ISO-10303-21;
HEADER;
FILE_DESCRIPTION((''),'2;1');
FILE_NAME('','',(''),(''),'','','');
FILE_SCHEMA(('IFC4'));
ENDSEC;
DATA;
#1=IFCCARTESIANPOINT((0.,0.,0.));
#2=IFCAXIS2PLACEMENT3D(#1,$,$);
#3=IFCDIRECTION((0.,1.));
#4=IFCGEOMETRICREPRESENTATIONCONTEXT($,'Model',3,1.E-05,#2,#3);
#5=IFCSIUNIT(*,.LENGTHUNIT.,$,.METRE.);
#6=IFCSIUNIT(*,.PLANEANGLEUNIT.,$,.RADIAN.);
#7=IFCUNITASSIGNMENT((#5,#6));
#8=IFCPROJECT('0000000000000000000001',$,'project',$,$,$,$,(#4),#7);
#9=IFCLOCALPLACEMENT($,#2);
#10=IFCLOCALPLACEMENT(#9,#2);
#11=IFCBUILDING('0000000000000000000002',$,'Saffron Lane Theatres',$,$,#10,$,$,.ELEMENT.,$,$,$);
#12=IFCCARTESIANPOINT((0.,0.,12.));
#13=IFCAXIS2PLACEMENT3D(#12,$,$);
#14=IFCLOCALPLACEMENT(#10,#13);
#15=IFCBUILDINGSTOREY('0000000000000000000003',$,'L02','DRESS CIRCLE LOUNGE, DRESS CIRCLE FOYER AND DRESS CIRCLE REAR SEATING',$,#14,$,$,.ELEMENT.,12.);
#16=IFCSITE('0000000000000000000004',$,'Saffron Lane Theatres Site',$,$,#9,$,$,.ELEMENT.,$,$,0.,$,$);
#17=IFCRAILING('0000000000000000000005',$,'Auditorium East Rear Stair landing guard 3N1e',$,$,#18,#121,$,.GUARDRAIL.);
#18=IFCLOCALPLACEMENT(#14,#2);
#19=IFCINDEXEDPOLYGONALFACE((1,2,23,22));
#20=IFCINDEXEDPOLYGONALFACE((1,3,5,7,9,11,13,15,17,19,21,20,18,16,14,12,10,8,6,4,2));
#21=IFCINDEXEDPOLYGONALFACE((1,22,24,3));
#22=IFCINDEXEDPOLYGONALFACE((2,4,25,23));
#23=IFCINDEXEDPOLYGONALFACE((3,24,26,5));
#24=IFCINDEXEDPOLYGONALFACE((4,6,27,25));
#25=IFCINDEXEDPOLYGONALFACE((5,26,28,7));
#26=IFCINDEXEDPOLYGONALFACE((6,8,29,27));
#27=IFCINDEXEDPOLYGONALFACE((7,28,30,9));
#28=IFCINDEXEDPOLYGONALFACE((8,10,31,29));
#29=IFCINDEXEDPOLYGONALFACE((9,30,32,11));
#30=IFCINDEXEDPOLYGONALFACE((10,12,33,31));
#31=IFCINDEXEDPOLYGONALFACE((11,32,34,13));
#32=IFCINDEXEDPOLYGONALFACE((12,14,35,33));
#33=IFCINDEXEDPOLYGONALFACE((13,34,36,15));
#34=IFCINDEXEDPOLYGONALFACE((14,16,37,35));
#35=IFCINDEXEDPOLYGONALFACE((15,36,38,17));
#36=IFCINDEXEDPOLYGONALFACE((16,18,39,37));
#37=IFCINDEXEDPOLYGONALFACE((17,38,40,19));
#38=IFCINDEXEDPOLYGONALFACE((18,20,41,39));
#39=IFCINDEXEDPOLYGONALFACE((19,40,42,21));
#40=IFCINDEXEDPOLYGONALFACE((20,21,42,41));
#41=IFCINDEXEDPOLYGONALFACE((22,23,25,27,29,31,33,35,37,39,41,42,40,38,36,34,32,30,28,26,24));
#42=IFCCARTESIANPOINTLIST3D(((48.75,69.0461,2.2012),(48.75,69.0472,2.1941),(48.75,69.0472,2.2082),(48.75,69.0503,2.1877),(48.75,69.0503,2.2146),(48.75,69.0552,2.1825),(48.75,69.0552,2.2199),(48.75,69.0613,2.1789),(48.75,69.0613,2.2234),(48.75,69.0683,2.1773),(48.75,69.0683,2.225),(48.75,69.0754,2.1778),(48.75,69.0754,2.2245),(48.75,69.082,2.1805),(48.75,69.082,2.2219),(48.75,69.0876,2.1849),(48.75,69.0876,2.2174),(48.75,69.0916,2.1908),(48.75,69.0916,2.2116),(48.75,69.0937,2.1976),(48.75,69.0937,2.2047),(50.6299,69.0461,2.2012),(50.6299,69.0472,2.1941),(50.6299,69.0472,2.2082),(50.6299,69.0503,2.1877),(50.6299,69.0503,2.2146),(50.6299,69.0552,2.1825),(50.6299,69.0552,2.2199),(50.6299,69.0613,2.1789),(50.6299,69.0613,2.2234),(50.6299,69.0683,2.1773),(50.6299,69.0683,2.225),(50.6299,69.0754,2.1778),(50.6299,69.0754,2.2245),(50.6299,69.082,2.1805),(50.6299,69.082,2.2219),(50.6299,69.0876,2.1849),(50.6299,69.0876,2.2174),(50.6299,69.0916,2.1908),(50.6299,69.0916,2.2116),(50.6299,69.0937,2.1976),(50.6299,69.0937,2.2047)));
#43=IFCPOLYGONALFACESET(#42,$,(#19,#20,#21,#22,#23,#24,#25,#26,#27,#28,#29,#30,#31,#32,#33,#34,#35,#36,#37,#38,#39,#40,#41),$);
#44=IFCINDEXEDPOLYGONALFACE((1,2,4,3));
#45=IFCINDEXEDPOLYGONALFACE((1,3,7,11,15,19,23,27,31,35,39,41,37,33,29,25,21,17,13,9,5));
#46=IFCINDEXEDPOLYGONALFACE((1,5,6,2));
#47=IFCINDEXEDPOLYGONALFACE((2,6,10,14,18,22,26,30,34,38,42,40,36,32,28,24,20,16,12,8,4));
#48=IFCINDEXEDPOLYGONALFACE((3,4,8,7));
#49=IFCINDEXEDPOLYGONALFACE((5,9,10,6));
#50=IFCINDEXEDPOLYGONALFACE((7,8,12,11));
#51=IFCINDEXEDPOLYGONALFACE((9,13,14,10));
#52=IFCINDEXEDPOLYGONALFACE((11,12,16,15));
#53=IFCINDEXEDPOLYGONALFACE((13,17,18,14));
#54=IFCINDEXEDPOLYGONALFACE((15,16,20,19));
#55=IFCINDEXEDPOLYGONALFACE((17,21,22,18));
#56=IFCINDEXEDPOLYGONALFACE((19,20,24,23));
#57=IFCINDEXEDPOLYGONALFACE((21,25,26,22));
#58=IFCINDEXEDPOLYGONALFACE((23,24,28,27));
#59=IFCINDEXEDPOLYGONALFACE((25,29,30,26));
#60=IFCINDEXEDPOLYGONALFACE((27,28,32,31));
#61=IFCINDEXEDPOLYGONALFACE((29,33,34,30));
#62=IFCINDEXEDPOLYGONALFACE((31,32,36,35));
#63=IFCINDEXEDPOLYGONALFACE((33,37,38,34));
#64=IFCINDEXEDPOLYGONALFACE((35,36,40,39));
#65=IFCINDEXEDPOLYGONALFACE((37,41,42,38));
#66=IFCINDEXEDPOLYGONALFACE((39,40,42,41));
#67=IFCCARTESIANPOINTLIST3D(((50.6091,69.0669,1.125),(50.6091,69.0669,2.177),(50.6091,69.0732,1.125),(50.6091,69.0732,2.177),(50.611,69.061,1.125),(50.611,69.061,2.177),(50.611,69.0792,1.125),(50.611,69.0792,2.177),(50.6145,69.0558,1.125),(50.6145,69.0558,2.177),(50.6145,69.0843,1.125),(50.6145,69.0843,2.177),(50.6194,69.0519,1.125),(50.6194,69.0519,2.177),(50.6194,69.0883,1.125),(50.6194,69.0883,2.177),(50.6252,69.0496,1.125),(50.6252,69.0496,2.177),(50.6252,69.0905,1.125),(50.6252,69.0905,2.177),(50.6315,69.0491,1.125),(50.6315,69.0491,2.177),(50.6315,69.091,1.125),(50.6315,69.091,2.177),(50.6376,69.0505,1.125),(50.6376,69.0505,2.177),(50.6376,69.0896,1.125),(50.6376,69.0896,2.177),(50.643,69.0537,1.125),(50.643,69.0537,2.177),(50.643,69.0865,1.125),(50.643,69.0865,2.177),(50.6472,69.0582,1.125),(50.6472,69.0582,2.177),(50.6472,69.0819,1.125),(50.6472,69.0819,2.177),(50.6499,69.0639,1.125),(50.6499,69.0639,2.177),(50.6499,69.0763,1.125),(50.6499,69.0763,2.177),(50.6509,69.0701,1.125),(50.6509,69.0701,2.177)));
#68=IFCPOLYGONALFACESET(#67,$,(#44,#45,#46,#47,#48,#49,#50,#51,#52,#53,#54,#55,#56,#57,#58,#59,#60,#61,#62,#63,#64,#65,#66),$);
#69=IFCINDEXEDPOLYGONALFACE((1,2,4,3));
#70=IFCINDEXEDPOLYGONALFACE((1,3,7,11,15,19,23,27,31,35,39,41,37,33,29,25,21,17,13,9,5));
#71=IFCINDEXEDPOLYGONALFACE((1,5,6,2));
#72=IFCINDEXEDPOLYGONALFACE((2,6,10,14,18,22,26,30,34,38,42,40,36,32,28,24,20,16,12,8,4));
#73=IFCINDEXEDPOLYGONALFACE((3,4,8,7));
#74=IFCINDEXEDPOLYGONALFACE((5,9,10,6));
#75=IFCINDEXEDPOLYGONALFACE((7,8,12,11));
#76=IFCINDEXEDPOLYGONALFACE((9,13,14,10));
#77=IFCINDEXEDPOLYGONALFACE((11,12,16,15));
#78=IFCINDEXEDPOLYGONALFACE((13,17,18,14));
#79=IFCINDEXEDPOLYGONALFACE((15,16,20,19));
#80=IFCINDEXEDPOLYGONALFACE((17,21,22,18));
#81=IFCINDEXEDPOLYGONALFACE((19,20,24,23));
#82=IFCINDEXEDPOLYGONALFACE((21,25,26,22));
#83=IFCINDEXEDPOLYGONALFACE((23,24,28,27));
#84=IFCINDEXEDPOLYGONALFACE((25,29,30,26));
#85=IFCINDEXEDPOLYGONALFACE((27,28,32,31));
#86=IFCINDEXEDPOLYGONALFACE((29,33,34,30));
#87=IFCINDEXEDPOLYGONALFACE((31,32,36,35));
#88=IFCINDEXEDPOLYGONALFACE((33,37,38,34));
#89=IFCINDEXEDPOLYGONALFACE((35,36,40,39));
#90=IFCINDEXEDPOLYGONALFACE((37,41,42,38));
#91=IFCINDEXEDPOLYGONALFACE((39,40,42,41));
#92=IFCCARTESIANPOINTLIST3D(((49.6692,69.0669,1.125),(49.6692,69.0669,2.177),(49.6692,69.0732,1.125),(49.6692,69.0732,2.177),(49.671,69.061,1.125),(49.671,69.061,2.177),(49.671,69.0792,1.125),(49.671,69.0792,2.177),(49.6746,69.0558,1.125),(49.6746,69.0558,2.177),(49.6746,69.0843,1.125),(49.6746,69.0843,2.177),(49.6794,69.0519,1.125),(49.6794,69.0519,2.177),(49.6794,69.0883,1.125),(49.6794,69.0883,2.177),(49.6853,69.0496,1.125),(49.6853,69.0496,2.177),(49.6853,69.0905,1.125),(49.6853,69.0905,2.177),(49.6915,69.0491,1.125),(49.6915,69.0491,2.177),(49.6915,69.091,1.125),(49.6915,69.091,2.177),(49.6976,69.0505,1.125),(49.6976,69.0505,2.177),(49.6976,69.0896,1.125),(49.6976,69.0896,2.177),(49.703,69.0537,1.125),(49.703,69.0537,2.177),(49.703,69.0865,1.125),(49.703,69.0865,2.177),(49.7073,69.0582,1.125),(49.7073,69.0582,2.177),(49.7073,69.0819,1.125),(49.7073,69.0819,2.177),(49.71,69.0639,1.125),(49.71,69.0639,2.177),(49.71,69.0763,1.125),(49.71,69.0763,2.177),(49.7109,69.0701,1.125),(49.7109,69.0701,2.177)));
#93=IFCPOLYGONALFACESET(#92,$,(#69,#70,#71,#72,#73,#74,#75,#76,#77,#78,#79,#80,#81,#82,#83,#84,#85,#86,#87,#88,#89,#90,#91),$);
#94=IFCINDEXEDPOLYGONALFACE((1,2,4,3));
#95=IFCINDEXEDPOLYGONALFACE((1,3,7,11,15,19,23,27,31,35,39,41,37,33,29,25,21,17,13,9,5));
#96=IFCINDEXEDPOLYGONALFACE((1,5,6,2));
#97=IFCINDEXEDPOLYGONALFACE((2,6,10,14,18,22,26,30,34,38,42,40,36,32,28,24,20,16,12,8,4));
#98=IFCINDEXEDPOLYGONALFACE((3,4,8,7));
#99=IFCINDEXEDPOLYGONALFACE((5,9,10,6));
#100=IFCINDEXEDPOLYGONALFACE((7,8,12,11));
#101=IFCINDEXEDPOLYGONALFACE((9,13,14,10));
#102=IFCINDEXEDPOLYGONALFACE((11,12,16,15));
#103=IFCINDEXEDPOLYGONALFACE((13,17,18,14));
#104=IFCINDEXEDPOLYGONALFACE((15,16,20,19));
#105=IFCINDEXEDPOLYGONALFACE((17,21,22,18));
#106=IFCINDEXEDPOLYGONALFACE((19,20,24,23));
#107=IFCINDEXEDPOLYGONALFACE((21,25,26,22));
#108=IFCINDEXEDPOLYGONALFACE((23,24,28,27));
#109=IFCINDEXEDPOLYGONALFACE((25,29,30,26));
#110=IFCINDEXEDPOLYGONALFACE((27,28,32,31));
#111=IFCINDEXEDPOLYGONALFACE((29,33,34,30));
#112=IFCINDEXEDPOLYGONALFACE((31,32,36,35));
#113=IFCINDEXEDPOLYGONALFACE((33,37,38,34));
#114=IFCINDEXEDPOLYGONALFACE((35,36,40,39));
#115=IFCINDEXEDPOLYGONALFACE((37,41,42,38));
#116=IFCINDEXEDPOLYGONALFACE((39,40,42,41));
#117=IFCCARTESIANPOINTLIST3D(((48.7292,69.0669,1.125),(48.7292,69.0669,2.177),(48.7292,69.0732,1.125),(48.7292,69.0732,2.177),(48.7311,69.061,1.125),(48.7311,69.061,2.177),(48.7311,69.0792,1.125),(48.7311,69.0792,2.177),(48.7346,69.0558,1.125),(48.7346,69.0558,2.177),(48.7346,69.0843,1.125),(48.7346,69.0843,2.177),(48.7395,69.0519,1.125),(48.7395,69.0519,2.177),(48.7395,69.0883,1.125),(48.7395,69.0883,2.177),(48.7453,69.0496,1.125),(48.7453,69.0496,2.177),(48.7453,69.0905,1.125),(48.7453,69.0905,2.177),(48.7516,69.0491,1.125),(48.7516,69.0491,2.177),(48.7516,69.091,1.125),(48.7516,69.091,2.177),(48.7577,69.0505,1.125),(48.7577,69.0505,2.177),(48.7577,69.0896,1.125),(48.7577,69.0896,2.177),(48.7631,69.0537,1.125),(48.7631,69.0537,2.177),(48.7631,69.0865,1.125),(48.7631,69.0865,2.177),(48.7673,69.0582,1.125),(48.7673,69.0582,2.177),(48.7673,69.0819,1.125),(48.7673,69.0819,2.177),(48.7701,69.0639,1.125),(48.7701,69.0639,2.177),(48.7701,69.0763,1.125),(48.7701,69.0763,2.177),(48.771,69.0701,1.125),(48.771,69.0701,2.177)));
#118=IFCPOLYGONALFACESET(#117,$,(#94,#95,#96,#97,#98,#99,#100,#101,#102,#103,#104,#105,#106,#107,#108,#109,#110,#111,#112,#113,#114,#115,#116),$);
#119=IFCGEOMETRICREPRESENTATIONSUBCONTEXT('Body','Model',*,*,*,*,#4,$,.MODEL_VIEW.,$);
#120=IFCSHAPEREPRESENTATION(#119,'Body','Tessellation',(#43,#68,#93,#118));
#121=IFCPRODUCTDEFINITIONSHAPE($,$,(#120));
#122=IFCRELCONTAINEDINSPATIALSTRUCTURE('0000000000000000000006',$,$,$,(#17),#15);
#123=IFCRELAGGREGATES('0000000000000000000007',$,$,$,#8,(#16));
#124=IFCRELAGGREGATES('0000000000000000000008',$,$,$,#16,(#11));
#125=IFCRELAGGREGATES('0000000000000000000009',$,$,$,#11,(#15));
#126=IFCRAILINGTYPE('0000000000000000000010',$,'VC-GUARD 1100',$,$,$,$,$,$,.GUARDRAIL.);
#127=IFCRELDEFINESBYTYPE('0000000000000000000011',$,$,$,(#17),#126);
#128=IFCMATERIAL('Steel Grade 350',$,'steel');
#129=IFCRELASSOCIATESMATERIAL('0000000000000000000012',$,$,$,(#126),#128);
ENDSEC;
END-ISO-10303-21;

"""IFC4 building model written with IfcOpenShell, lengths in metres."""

from ifc_helpers import new_model, si_unit, direction, frame, origin, origin_2d, place, context, subcontext, project, spatial, circle, extrude, material, type_object, element, save


model = new_model("IFC4")

# Units and contexts
model_context = context("Model", 3, precision=1e-05, world=origin(), true_north=direction((0.0, 1.0)))
body_context = subcontext(model_context, "Body", "Model", "MODEL_VIEW")
ifc_project = project(units=[si_unit("LENGTHUNIT", "METRE"), si_unit("PLANEANGLEUNIT", "RADIAN")], contexts=[model_context])

# Site, building, storey
site_placement = place(None, origin())
site = spatial("IfcSite", under=ifc_project, at=site_placement, Name="Saffron Lane Theatres Site", CompositionType="ELEMENT", RefElevation=0.0)
building_placement = place(site_placement, origin())
building = spatial("IfcBuilding", under=site, at=building_placement, Name="Saffron Lane Theatres", CompositionType="ELEMENT")
storey_placement = place(building_placement, frame((0.0, 0.0, 12.0)))
storey = spatial("IfcBuildingStorey", under=building, at=storey_placement, Name="L02", Description="DRESS CIRCLE LOUNGE, DRESS CIRCLE FOYER AND DRESS CIRCLE REAR SEATING", CompositionType="ELEMENT", Elevation=12.0)

# Railing
ifc_material_1 = material(Name="Steel Grade 350", Category="steel")
railing_type_1 = type_object("IfcRailingType", Name="VC-GUARD 1100", PredefinedType="GUARDRAIL", material=ifc_material_1)
railing_1_placement = place(storey_placement, frame((50.6299, 69.0701, 1.125)))
element("IfcRailing", 1, at=railing_1_placement, inside=storey, type_object=railing_type_1, Name="Auditorium East Rear Stair landing guard 3N1e", PredefinedType="GUARDRAIL", context=body_context, shape_type="SweptSolid", body=[
    extrude(circle(Radius=0.0239, at=origin_2d()), frame((0.0, 0.0, 1.0762), z_axis=(-1.0, 0.0, 0.0), x_axis=(0.0, -1.0, 0.0)), (0.0, 0.0, 1.0), 1.8799),
    extrude(circle(Radius=0.021, at=origin_2d()), origin(), (0.0, 0.0, 1.0), 1.052),
    extrude(circle(Radius=0.021, at=origin_2d()), frame((-0.9399, 0.0, 0.0)), (0.0, 0.0, 1.0), 1.052),
    extrude(circle(Radius=0.021, at=origin_2d()), frame((-1.8799, 0.0, 0.0)), (0.0, 0.0, 1.0), 1.052),
])

save(model, "model.ifc")
